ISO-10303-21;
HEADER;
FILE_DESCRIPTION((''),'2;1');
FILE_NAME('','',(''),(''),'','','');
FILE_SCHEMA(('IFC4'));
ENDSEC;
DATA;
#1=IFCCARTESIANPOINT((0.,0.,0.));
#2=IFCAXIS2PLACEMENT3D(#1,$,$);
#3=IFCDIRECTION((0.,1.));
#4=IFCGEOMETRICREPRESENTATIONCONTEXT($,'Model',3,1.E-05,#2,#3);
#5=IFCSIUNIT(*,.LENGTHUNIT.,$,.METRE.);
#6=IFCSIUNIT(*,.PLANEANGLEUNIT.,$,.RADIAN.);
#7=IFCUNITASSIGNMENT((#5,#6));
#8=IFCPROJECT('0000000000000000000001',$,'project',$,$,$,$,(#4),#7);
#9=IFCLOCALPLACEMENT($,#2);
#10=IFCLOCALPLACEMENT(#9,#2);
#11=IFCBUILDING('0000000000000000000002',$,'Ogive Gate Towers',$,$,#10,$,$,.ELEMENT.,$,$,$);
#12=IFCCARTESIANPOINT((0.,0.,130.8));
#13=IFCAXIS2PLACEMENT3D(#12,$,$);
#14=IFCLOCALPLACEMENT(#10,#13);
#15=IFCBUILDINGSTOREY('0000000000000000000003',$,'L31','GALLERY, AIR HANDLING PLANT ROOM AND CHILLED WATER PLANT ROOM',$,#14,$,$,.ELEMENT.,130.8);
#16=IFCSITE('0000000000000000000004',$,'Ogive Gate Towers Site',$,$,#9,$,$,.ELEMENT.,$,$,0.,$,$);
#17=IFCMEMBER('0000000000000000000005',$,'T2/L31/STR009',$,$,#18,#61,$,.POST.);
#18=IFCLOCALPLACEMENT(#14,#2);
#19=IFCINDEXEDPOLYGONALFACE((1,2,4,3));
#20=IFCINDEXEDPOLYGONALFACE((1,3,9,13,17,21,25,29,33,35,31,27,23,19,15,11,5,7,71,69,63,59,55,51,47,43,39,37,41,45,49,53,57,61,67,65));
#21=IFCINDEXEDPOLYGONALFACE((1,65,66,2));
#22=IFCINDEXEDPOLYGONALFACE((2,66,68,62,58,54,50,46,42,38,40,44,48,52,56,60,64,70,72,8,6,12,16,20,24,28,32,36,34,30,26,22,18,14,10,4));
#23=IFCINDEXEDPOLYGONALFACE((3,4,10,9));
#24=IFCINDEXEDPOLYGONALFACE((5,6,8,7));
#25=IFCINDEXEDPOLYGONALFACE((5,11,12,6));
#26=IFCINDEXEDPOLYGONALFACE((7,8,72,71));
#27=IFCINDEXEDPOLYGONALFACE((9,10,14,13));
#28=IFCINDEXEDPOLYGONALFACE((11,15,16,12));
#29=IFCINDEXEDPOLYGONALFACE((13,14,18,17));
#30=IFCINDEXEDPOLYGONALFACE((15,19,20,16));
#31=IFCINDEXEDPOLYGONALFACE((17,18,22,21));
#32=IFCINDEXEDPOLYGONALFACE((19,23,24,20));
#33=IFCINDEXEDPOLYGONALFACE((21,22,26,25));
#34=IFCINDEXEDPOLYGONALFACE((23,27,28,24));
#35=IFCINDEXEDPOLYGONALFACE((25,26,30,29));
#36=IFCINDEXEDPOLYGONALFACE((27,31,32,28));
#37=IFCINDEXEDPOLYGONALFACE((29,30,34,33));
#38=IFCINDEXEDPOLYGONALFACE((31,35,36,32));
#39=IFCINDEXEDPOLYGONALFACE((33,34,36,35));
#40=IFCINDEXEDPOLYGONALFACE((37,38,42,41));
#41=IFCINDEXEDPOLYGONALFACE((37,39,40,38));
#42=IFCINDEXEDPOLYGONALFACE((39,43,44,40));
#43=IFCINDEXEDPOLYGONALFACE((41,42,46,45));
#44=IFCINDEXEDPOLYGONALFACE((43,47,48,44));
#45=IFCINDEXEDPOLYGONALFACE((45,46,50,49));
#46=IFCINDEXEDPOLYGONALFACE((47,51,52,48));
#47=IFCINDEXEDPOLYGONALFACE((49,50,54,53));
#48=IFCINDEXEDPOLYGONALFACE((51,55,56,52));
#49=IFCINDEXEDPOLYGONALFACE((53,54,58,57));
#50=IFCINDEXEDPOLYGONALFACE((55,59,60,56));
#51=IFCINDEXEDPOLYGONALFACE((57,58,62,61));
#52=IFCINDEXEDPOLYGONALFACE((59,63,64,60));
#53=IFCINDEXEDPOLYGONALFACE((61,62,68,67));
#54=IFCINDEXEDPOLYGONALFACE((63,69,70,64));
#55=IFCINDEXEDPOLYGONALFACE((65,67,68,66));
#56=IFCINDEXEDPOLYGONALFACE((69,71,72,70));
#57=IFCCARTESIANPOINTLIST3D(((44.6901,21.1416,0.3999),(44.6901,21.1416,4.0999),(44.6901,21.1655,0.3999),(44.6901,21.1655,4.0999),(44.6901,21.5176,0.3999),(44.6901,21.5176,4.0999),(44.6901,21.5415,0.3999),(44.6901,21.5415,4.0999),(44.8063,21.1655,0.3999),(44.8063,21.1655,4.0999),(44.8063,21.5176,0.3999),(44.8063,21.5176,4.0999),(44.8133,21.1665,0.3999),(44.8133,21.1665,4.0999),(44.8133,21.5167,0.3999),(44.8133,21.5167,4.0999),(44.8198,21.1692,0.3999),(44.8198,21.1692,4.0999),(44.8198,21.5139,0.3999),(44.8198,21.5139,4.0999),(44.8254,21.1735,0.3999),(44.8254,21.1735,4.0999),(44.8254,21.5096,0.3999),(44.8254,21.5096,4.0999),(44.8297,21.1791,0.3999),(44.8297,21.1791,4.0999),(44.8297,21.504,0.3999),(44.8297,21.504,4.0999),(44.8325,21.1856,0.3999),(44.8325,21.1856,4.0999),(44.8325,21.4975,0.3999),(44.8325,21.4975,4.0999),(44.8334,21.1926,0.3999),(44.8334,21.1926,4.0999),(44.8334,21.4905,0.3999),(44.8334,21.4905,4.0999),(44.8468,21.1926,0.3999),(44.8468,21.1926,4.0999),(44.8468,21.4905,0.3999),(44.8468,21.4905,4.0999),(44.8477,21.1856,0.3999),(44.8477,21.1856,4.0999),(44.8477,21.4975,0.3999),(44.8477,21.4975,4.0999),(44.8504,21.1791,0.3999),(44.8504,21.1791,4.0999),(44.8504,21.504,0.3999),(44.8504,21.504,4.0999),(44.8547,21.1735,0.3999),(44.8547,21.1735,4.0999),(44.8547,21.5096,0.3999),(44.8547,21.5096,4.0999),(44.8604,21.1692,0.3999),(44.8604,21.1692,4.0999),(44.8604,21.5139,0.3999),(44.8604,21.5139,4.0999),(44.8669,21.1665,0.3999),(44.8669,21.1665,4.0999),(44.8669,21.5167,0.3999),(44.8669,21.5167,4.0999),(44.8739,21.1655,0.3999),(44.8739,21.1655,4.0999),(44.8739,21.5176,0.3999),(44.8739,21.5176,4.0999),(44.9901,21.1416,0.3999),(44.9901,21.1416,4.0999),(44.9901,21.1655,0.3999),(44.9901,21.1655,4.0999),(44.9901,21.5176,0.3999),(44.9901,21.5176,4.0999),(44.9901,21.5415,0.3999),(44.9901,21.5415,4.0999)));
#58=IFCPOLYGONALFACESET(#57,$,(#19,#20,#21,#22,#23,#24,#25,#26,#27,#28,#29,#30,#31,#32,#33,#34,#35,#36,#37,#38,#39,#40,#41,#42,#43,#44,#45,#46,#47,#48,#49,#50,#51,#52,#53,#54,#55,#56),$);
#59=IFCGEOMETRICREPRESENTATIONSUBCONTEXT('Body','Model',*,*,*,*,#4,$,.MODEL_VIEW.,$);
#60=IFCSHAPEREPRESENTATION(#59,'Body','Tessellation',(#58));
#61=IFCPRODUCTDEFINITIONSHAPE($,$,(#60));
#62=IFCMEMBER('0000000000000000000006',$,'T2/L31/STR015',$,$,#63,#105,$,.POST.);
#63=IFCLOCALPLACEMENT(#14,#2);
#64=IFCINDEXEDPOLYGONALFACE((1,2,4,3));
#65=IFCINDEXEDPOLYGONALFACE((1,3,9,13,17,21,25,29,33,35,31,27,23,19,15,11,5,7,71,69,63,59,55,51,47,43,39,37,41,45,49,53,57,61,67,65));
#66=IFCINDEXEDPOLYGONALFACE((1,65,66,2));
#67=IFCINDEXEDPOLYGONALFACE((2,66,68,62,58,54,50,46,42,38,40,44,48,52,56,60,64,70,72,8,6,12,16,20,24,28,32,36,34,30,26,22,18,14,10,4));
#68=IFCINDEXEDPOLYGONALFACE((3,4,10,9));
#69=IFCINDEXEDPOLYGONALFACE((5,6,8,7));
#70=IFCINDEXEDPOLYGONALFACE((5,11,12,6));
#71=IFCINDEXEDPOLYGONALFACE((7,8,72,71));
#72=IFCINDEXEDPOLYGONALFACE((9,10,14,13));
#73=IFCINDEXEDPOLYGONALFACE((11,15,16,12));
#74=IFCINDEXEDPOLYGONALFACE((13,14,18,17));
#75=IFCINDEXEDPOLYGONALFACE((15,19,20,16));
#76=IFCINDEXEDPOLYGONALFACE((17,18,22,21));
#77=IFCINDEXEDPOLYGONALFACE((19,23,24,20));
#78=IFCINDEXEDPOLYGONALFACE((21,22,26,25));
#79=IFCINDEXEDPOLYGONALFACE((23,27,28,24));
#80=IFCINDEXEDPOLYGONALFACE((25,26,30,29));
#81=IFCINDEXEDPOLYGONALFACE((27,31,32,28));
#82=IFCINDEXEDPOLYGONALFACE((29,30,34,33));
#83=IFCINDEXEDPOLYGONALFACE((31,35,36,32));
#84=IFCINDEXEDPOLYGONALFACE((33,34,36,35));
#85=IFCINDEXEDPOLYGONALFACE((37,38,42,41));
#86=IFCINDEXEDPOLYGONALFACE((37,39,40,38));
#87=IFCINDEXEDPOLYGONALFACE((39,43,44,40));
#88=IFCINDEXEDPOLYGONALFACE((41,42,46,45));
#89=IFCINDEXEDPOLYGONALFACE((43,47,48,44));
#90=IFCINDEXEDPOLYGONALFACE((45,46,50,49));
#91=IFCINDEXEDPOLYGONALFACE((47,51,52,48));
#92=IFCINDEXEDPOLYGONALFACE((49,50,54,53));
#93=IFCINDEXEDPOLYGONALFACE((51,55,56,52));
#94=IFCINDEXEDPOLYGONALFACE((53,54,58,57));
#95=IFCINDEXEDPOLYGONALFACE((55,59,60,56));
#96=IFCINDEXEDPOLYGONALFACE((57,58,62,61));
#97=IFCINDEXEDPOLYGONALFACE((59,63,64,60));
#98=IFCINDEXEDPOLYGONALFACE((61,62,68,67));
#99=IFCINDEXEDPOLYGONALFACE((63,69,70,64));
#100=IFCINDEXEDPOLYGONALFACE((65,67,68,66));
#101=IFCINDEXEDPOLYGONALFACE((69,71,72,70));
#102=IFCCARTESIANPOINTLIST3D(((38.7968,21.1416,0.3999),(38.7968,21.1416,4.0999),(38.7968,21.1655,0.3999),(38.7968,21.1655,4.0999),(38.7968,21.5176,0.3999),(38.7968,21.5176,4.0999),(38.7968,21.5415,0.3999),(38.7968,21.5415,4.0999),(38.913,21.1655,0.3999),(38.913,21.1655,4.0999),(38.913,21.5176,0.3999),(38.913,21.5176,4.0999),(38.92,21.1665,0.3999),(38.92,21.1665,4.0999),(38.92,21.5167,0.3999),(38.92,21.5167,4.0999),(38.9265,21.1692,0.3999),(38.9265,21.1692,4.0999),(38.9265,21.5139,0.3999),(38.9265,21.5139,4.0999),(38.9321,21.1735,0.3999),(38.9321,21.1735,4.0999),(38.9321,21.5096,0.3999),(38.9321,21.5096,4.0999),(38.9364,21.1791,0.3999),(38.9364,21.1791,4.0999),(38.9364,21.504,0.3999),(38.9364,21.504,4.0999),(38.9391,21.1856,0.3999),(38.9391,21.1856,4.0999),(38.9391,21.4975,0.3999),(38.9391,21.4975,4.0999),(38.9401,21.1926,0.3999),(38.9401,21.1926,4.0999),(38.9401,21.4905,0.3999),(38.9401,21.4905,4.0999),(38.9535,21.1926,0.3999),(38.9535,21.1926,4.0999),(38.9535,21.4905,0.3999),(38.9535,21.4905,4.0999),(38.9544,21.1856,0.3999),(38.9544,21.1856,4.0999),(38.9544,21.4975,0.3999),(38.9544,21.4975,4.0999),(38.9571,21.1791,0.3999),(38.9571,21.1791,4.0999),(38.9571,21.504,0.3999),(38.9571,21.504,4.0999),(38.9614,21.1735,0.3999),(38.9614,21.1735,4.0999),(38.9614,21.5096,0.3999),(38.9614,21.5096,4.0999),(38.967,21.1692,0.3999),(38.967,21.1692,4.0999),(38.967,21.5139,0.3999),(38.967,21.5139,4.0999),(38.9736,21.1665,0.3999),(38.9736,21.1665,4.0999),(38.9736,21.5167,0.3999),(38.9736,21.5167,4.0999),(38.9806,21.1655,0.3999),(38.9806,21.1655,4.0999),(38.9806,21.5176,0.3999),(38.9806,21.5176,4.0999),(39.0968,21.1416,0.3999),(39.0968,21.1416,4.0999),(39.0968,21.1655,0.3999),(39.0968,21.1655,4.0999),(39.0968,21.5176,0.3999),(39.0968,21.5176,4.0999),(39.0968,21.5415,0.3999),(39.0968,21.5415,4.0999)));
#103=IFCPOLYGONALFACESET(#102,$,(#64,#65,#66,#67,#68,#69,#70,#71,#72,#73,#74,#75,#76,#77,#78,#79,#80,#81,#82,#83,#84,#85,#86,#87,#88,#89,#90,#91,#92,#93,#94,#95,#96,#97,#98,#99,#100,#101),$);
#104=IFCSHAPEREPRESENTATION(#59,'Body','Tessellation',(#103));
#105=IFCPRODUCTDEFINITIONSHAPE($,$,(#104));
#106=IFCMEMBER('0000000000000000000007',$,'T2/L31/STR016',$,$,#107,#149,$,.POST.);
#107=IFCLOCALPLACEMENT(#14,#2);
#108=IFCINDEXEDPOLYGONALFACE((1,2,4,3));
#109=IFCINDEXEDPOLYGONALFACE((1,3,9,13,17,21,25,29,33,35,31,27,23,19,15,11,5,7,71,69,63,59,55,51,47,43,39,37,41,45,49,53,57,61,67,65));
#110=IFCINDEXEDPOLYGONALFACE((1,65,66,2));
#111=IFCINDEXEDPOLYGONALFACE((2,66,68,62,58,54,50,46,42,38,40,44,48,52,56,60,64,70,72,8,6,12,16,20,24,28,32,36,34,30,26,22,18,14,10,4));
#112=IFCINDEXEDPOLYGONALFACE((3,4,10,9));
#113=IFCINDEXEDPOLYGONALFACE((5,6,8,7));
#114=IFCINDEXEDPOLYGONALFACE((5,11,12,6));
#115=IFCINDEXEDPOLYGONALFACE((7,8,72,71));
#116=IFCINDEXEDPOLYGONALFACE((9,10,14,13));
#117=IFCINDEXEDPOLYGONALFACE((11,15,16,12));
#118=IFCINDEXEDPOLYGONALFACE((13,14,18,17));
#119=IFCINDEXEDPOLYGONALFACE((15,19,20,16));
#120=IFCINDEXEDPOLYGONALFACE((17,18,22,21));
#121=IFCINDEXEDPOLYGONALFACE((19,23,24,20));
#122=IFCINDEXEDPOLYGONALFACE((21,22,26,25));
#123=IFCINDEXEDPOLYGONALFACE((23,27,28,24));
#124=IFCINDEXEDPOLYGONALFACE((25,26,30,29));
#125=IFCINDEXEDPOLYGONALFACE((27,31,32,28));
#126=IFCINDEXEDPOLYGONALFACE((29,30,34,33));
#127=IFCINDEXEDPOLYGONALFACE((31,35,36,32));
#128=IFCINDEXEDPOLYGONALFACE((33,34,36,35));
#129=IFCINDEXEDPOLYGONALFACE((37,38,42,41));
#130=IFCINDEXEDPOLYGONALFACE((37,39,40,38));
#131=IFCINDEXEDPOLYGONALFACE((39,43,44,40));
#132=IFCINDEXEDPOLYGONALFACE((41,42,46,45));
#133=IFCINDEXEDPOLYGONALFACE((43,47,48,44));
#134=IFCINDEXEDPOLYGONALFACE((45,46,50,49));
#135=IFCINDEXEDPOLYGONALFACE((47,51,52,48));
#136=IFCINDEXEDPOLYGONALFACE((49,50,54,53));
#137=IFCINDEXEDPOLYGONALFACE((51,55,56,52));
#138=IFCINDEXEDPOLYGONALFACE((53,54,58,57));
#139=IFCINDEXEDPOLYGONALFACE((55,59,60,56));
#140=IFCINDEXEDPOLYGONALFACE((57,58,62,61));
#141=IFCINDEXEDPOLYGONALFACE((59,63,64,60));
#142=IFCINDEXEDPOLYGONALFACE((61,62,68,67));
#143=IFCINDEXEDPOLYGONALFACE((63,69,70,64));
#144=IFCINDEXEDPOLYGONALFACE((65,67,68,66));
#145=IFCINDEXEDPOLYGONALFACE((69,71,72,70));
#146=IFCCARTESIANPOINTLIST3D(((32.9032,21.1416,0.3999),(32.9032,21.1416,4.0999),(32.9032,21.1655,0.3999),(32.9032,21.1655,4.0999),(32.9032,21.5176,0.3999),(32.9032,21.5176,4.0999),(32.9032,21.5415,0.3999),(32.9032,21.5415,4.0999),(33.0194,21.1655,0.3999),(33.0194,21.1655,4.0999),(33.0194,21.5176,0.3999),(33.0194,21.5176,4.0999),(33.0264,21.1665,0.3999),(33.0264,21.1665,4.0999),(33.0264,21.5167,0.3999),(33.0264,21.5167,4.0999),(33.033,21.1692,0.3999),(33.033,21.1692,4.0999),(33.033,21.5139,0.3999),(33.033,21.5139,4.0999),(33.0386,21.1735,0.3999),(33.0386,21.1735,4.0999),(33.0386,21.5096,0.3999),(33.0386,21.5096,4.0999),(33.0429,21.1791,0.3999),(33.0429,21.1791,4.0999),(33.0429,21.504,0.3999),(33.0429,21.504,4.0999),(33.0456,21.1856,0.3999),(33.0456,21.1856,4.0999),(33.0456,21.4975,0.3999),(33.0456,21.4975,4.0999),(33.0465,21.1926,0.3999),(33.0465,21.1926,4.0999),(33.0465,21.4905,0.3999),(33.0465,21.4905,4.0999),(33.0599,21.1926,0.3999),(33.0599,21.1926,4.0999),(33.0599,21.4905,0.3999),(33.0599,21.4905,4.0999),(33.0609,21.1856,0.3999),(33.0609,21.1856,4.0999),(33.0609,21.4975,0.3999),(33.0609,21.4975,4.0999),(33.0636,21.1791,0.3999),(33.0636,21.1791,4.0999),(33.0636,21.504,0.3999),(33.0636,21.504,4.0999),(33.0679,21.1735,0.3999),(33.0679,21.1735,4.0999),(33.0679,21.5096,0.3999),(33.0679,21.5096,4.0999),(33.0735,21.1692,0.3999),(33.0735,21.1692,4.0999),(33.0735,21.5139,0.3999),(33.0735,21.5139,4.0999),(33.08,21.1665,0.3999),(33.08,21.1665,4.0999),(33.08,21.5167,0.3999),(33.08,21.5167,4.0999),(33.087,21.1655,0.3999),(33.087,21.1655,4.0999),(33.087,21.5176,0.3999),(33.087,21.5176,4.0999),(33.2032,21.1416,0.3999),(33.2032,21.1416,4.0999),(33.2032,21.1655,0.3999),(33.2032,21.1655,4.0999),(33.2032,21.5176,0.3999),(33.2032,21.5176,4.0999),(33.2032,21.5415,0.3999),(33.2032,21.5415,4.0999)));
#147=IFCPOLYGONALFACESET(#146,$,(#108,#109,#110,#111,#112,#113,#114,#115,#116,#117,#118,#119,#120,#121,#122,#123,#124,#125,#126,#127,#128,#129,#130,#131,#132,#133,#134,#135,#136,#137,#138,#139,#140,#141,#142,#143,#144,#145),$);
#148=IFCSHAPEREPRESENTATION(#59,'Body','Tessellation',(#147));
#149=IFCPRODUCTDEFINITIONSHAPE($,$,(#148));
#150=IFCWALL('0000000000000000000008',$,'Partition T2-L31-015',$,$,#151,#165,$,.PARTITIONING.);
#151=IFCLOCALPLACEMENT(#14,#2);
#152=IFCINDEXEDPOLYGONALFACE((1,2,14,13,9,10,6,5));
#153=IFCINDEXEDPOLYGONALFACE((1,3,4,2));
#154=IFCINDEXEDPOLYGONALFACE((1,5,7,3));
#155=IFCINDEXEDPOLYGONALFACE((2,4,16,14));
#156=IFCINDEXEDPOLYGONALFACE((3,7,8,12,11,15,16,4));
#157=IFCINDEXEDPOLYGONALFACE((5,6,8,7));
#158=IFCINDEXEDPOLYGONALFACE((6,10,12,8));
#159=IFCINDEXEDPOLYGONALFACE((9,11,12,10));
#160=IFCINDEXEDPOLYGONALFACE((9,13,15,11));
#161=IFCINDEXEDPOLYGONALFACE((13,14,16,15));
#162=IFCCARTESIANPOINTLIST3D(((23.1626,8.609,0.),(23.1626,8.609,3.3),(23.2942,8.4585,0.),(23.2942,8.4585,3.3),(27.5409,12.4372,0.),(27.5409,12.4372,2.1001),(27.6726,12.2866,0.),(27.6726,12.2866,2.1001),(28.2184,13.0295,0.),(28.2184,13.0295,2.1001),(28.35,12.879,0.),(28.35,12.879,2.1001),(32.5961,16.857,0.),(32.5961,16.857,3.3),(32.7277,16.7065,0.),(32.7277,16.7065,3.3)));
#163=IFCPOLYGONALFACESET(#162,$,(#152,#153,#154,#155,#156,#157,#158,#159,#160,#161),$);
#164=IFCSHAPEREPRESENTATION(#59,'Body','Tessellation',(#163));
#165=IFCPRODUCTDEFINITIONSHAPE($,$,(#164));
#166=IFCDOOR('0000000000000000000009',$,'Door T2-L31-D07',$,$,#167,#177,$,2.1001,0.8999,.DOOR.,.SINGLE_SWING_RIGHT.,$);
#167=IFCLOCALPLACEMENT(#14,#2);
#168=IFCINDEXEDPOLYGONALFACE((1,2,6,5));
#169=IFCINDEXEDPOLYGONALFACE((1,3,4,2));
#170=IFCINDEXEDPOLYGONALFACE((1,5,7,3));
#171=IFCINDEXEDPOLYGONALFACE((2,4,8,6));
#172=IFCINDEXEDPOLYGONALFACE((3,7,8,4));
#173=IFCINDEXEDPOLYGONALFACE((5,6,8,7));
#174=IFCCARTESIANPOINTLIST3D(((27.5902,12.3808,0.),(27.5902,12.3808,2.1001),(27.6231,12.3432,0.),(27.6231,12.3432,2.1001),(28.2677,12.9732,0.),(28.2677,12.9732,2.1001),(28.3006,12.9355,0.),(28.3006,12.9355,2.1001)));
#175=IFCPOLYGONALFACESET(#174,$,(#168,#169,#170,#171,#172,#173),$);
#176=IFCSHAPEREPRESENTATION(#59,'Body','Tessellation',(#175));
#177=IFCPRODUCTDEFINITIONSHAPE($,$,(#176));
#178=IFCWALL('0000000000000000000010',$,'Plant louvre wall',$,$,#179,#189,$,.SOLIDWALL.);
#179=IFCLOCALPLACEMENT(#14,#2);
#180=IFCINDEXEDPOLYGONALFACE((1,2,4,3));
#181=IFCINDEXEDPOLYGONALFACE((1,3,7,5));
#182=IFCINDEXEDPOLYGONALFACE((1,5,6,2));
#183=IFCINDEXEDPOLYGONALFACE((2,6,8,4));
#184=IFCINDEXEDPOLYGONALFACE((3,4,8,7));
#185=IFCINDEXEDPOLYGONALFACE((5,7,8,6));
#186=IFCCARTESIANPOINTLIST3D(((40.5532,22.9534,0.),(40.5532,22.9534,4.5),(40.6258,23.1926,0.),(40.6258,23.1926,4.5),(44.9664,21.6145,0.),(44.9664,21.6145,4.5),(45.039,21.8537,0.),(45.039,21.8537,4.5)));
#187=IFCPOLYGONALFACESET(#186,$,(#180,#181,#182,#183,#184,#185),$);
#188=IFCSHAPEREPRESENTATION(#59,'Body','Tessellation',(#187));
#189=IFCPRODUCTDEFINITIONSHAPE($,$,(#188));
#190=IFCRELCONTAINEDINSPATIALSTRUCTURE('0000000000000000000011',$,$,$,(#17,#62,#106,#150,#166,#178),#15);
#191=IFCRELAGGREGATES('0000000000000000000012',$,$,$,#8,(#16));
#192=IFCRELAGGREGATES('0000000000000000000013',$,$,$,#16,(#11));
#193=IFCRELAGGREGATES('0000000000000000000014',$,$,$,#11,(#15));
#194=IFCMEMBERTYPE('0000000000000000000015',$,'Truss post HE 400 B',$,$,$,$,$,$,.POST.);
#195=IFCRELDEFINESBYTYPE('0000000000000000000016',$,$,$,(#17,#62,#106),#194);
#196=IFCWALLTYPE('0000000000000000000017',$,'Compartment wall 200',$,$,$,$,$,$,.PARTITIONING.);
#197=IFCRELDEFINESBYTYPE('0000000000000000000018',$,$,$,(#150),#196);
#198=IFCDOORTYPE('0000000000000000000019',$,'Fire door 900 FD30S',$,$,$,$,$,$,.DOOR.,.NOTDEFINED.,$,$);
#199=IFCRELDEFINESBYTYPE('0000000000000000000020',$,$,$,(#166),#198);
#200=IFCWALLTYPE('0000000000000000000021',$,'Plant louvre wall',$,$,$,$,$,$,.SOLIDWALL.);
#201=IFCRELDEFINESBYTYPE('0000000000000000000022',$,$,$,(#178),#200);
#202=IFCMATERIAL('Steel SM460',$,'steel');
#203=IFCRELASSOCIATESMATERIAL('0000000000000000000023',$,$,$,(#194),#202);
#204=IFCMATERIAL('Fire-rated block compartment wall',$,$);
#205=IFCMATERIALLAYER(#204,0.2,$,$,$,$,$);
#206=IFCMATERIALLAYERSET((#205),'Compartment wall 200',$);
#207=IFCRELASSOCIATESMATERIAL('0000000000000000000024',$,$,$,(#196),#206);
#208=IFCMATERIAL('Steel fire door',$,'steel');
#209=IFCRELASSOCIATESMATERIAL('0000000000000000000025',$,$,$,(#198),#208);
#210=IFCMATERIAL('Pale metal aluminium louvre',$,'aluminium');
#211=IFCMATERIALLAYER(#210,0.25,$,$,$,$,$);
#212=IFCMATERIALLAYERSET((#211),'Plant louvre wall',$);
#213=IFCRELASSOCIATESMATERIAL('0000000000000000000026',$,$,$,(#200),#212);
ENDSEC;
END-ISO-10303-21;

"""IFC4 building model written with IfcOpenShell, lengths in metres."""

from ifc_helpers import new_model, si_unit, direction, frame, frame_2d, origin, origin_2d, place, context, subcontext, project, spatial, rectangle, i_section, extrude, material, layer, layer_set, material_profile, profile_set, type_object, element, fill, save


model = new_model("IFC4")

# Units and contexts
model_context = context("Model", 3, precision=1e-05, world=origin(), true_north=direction((0.0, 1.0)))
body_context = subcontext(model_context, "Body", "Model", "MODEL_VIEW")
ifc_project = project(units=[si_unit("LENGTHUNIT", "METRE"), si_unit("PLANEANGLEUNIT", "RADIAN")], contexts=[model_context])

# Site, building, storey
site_placement = place(None, origin())
site = spatial("IfcSite", under=ifc_project, at=site_placement, Name="Ogive Gate Towers Site", CompositionType="ELEMENT", RefElevation=0.0)
building_placement = place(site_placement, origin())
building = spatial("IfcBuilding", under=site, at=building_placement, Name="Ogive Gate Towers", CompositionType="ELEMENT")
storey_placement = place(building_placement, frame((0.0, 0.0, 130.8)))
storey = spatial("IfcBuildingStorey", under=building, at=storey_placement, Name="L31", Description="GALLERY, AIR HANDLING PLANT ROOM AND CHILLED WATER PLANT ROOM", CompositionType="ELEMENT", Elevation=130.8)

# Shared definitions
ifc_material_1 = material(Name="Steel SM460", Category="steel")

# Members
ifc_material_profile_1 = material_profile(ifc_material_1, i_section(OverallWidth=0.3, OverallDepth=0.3999, WebThickness=0.0134, FlangeThickness=0.0239, FilletRadius=0.0271, at=origin_2d()), Name="HE 400 B")
ifc_profile_set_1 = profile_set([ifc_material_profile_1], Name="Steel SM460")
member_type_1 = type_object("IfcMemberType", Name="Truss post HE 400 B", PredefinedType="POST", material=ifc_profile_set_1)
for number, where, z_axis, x_axis, name in (
    (1, (44.8401, 21.3416, 0.3999), (0.0, 0.0, 1.0), (1.0, 0.0, 0.0), "T2/L31/STR009"),
    (2, (38.9468, 21.3416, 0.3999), (0.0, 0.0, 1.0), (1.0, 0.0, 0.0), "T2/L31/STR015"),
    (3, (33.0532, 21.3416, 0.3999), (0.0, 0.0, 1.0), (1.0, 0.0, 0.0), "T2/L31/STR016"),
):
    element("IfcMember", number, at=place(storey_placement, frame(where, z_axis=z_axis, x_axis=x_axis)), inside=storey, type_object=member_type_1, Name=name, PredefinedType="POST", context=body_context, shape_type="SweptSolid", body=[
        extrude(i_section(OverallWidth=0.3, OverallDepth=0.3999, WebThickness=0.0134, FlangeThickness=0.0239, FilletRadius=0.0271, at=origin_2d()), origin(), (0.0, 0.0, 1.0), 3.7),
    ])

# Wall, opening, door
ifc_material_2 = material(Name="Fire-rated block compartment wall")
ifc_layer_1 = layer(ifc_material_2, 0.2)
ifc_layer_set_1 = layer_set([ifc_layer_1], Name="Compartment wall 200")
wall_type_1 = type_object("IfcWallType", Name="Compartment wall 200", PredefinedType="PARTITIONING", material=ifc_layer_set_1)
wall_1_placement = place(storey_placement, frame((32.6619, 16.7817, 0.0), z_axis=(0.0, 0.0, 1.0), x_axis=(-0.752828, -0.658218, 0.0)))
wall_1 = element("IfcWall", 4, at=wall_1_placement, inside=storey, type_object=wall_type_1, Name="Partition T2-L31-015", PredefinedType="PARTITIONING", context=body_context, shape_type="SweptSolid", body=[
    extrude(rectangle(XDim=12.5308, YDim=0.2, at=frame_2d((6.2654, 0.0))), origin(), (0.0, 0.0, 1.0), 3.3),
])
opening_1_placement = place(wall_1_placement, frame((5.8149, 0.0, 0.0)))
opening_1 = element("IfcOpeningElement", 5, at=opening_1_placement, cuts=wall_1, PredefinedType="OPENING", context=body_context, shape_type="SweptSolid", body=[
    extrude(rectangle(XDim=0.8999, YDim=2.1001, at=frame_2d((0.45, 1.05))), frame((0.0, 0.1099, 0.0), z_axis=(0.0, -1.0, 0.0), x_axis=(1.0, 0.0, 0.0)), (0.0, 0.0, 1.0), 0.22),
])
ifc_material_3 = material(Name="Steel fire door", Category="steel")
door_type_1 = type_object("IfcDoorType", Name="Fire door 900 FD30S", OperationType="NOTDEFINED", PredefinedType="DOOR", material=ifc_material_3)
door_1_placement = place(opening_1_placement, origin())
door_1 = element("IfcDoor", 6, at=door_1_placement, inside=storey, type_object=door_type_1, Name="Door T2-L31-D07", OperationType="SINGLE_SWING_RIGHT", OverallHeight=2.1001, OverallWidth=0.8999, PredefinedType="DOOR", context=body_context, shape_type="SweptSolid", body=[
    extrude(rectangle(XDim=0.8999, YDim=2.1001, at=frame_2d((0.45, 1.05))), frame((0.0, 0.0249, 0.0), z_axis=(0.0, -1.0, 0.0), x_axis=(1.0, 0.0, 0.0)), (0.0, 0.0, 1.0), 0.05),
])
fill(opening_1, door_1)

# Wall
ifc_material_4 = material(Name="Pale metal aluminium louvre", Category="aluminium")
ifc_layer_2 = layer(ifc_material_4, 0.25)
ifc_layer_set_2 = layer_set([ifc_layer_2], Name="Plant louvre wall")
wall_type_2 = type_object("IfcWallType", Name="Plant louvre wall", PredefinedType="SOLIDWALL", material=ifc_layer_set_2)
for number, where, z_axis, x_axis, name in (
    (7, (45.0027, 21.7341, 0.0), (0.0, 0.0, 1.0), (-0.95693, 0.290319, 0.0), "Plant louvre wall"),
):
    element("IfcWall", number, at=place(storey_placement, frame(where, z_axis=z_axis, x_axis=x_axis)), inside=storey, type_object=wall_type_2, Name=name, PredefinedType="SOLIDWALL", context=body_context, shape_type="SweptSolid", body=[
        extrude(rectangle(XDim=4.6118, YDim=0.25, at=frame_2d((2.3059, 0.0))), origin(), (0.0, 0.0, 1.0), 4.5),
    ])

save(model, "model.ifc")
